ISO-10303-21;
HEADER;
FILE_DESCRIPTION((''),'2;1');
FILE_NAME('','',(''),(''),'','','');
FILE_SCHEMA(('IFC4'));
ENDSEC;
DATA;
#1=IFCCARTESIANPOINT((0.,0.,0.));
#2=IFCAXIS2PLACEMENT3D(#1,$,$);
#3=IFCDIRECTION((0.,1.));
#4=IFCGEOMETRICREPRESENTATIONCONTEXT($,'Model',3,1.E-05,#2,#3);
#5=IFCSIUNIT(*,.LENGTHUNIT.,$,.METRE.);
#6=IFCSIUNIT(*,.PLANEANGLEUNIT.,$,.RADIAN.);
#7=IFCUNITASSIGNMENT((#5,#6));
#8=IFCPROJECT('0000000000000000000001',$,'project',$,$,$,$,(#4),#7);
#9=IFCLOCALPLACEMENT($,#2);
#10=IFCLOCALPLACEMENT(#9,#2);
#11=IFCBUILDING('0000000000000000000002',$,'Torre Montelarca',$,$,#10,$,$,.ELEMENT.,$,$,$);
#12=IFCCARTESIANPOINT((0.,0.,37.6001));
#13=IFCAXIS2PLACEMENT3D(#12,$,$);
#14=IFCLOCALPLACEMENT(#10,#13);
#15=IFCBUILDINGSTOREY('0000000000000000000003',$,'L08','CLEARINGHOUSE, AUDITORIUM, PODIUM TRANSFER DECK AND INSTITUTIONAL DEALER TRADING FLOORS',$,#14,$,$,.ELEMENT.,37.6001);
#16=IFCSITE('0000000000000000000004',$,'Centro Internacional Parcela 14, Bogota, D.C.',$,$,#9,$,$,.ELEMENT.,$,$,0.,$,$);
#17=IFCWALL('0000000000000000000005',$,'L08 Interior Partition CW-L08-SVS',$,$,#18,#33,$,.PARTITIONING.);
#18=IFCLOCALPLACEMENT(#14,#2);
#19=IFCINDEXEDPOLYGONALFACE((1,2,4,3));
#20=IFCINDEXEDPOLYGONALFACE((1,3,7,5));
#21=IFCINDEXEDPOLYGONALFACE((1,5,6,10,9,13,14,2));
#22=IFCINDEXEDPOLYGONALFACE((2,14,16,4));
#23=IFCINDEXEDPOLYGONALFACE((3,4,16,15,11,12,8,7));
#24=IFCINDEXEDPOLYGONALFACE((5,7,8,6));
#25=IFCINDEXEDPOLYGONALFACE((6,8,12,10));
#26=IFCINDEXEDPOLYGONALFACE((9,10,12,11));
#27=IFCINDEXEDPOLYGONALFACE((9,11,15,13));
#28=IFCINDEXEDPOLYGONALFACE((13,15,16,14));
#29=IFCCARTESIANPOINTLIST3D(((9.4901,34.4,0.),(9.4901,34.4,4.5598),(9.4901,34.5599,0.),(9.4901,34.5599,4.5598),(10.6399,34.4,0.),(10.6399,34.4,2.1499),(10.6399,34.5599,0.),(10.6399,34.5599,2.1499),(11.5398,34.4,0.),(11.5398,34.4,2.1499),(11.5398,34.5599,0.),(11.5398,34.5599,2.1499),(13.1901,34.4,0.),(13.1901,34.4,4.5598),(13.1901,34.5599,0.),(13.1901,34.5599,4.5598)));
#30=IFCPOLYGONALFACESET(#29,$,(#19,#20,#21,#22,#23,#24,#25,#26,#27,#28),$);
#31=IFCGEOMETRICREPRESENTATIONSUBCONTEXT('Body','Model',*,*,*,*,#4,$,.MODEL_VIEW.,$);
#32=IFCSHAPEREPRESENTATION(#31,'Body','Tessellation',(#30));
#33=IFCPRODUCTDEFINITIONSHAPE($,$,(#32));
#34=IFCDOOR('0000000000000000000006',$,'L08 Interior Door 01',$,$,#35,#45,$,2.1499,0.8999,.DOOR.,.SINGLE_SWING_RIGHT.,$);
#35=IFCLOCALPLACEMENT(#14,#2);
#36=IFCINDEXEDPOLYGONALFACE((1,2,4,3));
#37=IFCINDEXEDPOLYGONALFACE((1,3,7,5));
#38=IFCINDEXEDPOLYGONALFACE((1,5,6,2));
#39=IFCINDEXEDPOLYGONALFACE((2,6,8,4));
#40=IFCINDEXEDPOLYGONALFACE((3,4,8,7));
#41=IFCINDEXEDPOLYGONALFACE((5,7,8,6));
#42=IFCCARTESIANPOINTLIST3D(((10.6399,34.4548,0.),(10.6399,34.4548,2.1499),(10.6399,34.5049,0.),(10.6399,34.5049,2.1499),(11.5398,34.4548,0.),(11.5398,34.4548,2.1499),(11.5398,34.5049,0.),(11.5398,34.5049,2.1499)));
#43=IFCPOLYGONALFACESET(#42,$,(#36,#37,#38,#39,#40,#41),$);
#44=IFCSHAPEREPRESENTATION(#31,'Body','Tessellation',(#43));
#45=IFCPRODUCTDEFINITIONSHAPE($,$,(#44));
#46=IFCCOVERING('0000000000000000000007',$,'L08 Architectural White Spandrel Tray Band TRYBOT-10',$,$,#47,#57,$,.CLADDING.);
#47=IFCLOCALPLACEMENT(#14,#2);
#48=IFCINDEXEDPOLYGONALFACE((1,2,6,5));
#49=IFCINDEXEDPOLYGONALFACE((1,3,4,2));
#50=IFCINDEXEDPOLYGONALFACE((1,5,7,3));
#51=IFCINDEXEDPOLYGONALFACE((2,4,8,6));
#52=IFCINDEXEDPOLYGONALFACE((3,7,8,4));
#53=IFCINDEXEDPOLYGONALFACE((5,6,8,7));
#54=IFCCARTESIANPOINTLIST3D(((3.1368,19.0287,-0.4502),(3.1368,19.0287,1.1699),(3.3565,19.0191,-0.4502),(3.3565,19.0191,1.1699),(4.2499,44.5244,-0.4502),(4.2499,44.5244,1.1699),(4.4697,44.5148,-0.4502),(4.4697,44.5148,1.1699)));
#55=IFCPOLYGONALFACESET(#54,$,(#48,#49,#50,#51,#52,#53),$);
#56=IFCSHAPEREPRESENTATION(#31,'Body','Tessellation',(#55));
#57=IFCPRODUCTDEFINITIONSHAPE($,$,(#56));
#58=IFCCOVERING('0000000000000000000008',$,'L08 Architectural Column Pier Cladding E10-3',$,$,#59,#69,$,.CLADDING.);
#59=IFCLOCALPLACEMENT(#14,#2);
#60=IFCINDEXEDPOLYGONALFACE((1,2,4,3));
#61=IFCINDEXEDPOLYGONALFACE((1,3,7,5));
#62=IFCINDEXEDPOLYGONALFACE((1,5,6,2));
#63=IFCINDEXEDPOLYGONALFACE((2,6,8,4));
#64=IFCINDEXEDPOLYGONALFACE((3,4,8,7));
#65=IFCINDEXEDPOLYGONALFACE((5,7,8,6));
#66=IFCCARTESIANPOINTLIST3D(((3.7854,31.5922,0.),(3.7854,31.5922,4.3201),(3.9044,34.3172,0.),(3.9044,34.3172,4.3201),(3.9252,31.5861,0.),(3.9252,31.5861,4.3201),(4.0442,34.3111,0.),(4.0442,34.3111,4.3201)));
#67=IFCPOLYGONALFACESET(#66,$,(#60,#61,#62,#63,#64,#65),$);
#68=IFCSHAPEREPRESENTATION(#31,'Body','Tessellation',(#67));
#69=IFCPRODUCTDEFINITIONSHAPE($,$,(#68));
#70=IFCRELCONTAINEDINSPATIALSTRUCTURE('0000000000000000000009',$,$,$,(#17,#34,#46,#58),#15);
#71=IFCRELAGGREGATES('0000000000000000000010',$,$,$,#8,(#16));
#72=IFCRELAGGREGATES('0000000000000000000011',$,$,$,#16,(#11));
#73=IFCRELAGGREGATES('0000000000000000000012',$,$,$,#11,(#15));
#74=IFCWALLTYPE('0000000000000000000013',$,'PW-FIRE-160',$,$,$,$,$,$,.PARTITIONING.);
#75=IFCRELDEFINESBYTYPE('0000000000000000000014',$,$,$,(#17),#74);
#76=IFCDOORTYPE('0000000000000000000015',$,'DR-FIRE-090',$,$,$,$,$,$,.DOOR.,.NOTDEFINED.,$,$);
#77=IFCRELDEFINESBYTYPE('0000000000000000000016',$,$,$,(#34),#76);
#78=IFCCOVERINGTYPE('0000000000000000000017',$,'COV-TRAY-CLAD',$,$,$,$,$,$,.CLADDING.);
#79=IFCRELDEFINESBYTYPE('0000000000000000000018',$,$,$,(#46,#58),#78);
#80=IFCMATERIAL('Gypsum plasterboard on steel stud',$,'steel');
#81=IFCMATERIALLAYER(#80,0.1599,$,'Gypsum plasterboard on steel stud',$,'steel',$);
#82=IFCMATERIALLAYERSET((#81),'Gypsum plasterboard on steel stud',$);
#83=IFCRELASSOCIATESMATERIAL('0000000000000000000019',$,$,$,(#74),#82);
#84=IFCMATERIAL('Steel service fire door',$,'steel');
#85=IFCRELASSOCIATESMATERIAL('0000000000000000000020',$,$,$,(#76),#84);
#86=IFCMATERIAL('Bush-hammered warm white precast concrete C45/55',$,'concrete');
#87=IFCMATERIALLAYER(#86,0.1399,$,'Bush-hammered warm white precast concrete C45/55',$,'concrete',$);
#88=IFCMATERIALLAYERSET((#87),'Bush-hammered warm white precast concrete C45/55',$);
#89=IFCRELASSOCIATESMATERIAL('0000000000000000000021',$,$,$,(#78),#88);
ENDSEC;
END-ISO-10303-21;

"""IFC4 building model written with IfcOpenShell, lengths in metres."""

from ifc_helpers import new_model, si_unit, direction, frame, frame_2d, origin, origin_2d, place, context, subcontext, project, spatial, rectangle, extrude, source, transform, mapped, material, layer, layer_set, type_object, element, fill, save


model = new_model("IFC4")

# Units and contexts
model_context = context("Model", 3, precision=1e-05, world=origin(), true_north=direction((0.0, 1.0)))
body_context = subcontext(model_context, "Body", "Model", "MODEL_VIEW")
ifc_project = project(units=[si_unit("LENGTHUNIT", "METRE"), si_unit("PLANEANGLEUNIT", "RADIAN")], contexts=[model_context])

# Site, building, storey
site_placement = place(None, origin())
site = spatial("IfcSite", under=ifc_project, at=site_placement, Name="Centro Internacional Parcela 14, Bogota, D.C.", CompositionType="ELEMENT", RefElevation=0.0)
building_placement = place(site_placement, origin())
building = spatial("IfcBuilding", under=site, at=building_placement, Name="Torre Montelarca", CompositionType="ELEMENT")
storey_placement = place(building_placement, frame((0.0, 0.0, 37.6001)))
storey = spatial("IfcBuildingStorey", under=building, at=storey_placement, Name="L08", Description="CLEARINGHOUSE, AUDITORIUM, PODIUM TRANSFER DECK AND INSTITUTIONAL DEALER TRADING FLOORS", CompositionType="ELEMENT", Elevation=37.6001)

# Wall, opening, door
ifc_material_1 = material(Name="Gypsum plasterboard on steel stud", Category="steel")
ifc_layer_1 = layer(ifc_material_1, 0.1599, Name="Gypsum plasterboard on steel stud", Category="steel")
ifc_layer_set_1 = layer_set([ifc_layer_1], Name="Gypsum plasterboard on steel stud")
wall_type_1 = type_object("IfcWallType", Name="PW-FIRE-160", PredefinedType="PARTITIONING", material=ifc_layer_set_1)
wall_1_placement = place(storey_placement, frame((9.49, 34.48, 0.0), z_axis=(0.0, 0.0, 1.0), x_axis=(1.0, 0.0, 0.0)))
wall_1 = element("IfcWall", 1, at=wall_1_placement, inside=storey, type_object=wall_type_1, Name="L08 Interior Partition CW-L08-SVS", PredefinedType="PARTITIONING", context=body_context, shape_type="SweptSolid", body=[
    extrude(rectangle(XDim=3.7, YDim=0.1599, at=frame_2d((1.8501, 0.0))), origin(), (0.0, 0.0, 1.0), 4.5598),
])
opening_1_placement = place(wall_1_placement, frame((1.1499, 0.0, 0.0)))
opening_1 = element("IfcOpeningElement", 2, at=opening_1_placement, cuts=wall_1, PredefinedType="OPENING", context=body_context, shape_type="SweptSolid", body=[
    extrude(rectangle(XDim=0.8999, YDim=2.1499, at=frame_2d((0.45, 1.075))), frame((0.0, 0.0898, 0.0), z_axis=(0.0, -1.0, 0.0), x_axis=(1.0, 0.0, 0.0)), (0.0, 0.0, 1.0), 0.1799),
])
ifc_material_2 = material(Name="Steel service fire door", Category="steel")
door_type_1 = type_object("IfcDoorType", Name="DR-FIRE-090", OperationType="NOTDEFINED", PredefinedType="DOOR", material=ifc_material_2)
shared_shape_1 = source(origin(), body_context, "Body", "SweptSolid", [
    extrude(rectangle(XDim=0.8999, YDim=2.1499, at=frame_2d((0.45, 1.075))), frame((0.0, 0.0249, 0.0), z_axis=(0.0, -1.0, 0.0), x_axis=(1.0, 0.0, 0.0)), (0.0, 0.0, 1.0), 0.05),
])
door_1_placement = place(opening_1_placement, origin())
door_1 = element("IfcDoor", 3, at=door_1_placement, inside=storey, type_object=door_type_1, Name="L08 Interior Door 01", OperationType="SINGLE_SWING_RIGHT", OverallHeight=2.1499, OverallWidth=0.8999, PredefinedType="DOOR", context=body_context, shape_type="MappedRepresentation", body=[
    mapped(shared_shape_1, transform((0.0, 0.0, 0.0), scale=1.0)),
])
fill(opening_1, door_1)

# Coverings
ifc_material_3 = material(Name="Bush-hammered warm white precast concrete C45/55", Category="concrete")
ifc_layer_2 = layer(ifc_material_3, 0.1399, Name="Bush-hammered warm white precast concrete C45/55", Category="concrete")
ifc_layer_set_2 = layer_set([ifc_layer_2], Name="Bush-hammered warm white precast concrete C45/55")
covering_type = type_object("IfcCoveringType", Name="COV-TRAY-CLAD", PredefinedType="CLADDING", material=ifc_layer_set_2)
shared_shape_2 = source(origin(), body_context, "Body", "SweptSolid", [
    extrude(rectangle(XDim=25.52, YDim=0.22, at=origin_2d()), origin(), (0.0, 0.0, 1.0), 1.6201),
])
covering_1_placement = place(storey_placement, frame((3.8032, 31.7717, -0.4502), z_axis=(0.0, 0.0, 1.0), x_axis=(-0.043618, -0.999048, 0.0)))
element("IfcCovering", 4, at=covering_1_placement, inside=storey, type_object=covering_type, Name="L08 Architectural White Spandrel Tray Band TRYBOT-10", PredefinedType="CLADDING", context=body_context, shape_type="MappedRepresentation", body=[
    mapped(shared_shape_2, transform((0.0, 0.0, 0.0), scale=1.0)),
])
shared_shape_3 = source(origin(), body_context, "Body", "SweptSolid", [
    extrude(rectangle(XDim=2.7275, YDim=0.1399, at=origin_2d()), origin(), (0.0, 0.0, 1.0), 4.3201),
])
covering_2_placement = place(storey_placement, frame((3.9148, 32.9517, 0.0), z_axis=(0.0, 0.0, 1.0), x_axis=(-0.043619, -0.999048, 0.0)))
element("IfcCovering", 5, at=covering_2_placement, inside=storey, type_object=covering_type, Name="L08 Architectural Column Pier Cladding E10-3", PredefinedType="CLADDING", context=body_context, shape_type="MappedRepresentation", body=[
    mapped(shared_shape_3, transform((0.0, 0.0, 0.0), scale=1.0)),
])

save(model, "model.ifc")
